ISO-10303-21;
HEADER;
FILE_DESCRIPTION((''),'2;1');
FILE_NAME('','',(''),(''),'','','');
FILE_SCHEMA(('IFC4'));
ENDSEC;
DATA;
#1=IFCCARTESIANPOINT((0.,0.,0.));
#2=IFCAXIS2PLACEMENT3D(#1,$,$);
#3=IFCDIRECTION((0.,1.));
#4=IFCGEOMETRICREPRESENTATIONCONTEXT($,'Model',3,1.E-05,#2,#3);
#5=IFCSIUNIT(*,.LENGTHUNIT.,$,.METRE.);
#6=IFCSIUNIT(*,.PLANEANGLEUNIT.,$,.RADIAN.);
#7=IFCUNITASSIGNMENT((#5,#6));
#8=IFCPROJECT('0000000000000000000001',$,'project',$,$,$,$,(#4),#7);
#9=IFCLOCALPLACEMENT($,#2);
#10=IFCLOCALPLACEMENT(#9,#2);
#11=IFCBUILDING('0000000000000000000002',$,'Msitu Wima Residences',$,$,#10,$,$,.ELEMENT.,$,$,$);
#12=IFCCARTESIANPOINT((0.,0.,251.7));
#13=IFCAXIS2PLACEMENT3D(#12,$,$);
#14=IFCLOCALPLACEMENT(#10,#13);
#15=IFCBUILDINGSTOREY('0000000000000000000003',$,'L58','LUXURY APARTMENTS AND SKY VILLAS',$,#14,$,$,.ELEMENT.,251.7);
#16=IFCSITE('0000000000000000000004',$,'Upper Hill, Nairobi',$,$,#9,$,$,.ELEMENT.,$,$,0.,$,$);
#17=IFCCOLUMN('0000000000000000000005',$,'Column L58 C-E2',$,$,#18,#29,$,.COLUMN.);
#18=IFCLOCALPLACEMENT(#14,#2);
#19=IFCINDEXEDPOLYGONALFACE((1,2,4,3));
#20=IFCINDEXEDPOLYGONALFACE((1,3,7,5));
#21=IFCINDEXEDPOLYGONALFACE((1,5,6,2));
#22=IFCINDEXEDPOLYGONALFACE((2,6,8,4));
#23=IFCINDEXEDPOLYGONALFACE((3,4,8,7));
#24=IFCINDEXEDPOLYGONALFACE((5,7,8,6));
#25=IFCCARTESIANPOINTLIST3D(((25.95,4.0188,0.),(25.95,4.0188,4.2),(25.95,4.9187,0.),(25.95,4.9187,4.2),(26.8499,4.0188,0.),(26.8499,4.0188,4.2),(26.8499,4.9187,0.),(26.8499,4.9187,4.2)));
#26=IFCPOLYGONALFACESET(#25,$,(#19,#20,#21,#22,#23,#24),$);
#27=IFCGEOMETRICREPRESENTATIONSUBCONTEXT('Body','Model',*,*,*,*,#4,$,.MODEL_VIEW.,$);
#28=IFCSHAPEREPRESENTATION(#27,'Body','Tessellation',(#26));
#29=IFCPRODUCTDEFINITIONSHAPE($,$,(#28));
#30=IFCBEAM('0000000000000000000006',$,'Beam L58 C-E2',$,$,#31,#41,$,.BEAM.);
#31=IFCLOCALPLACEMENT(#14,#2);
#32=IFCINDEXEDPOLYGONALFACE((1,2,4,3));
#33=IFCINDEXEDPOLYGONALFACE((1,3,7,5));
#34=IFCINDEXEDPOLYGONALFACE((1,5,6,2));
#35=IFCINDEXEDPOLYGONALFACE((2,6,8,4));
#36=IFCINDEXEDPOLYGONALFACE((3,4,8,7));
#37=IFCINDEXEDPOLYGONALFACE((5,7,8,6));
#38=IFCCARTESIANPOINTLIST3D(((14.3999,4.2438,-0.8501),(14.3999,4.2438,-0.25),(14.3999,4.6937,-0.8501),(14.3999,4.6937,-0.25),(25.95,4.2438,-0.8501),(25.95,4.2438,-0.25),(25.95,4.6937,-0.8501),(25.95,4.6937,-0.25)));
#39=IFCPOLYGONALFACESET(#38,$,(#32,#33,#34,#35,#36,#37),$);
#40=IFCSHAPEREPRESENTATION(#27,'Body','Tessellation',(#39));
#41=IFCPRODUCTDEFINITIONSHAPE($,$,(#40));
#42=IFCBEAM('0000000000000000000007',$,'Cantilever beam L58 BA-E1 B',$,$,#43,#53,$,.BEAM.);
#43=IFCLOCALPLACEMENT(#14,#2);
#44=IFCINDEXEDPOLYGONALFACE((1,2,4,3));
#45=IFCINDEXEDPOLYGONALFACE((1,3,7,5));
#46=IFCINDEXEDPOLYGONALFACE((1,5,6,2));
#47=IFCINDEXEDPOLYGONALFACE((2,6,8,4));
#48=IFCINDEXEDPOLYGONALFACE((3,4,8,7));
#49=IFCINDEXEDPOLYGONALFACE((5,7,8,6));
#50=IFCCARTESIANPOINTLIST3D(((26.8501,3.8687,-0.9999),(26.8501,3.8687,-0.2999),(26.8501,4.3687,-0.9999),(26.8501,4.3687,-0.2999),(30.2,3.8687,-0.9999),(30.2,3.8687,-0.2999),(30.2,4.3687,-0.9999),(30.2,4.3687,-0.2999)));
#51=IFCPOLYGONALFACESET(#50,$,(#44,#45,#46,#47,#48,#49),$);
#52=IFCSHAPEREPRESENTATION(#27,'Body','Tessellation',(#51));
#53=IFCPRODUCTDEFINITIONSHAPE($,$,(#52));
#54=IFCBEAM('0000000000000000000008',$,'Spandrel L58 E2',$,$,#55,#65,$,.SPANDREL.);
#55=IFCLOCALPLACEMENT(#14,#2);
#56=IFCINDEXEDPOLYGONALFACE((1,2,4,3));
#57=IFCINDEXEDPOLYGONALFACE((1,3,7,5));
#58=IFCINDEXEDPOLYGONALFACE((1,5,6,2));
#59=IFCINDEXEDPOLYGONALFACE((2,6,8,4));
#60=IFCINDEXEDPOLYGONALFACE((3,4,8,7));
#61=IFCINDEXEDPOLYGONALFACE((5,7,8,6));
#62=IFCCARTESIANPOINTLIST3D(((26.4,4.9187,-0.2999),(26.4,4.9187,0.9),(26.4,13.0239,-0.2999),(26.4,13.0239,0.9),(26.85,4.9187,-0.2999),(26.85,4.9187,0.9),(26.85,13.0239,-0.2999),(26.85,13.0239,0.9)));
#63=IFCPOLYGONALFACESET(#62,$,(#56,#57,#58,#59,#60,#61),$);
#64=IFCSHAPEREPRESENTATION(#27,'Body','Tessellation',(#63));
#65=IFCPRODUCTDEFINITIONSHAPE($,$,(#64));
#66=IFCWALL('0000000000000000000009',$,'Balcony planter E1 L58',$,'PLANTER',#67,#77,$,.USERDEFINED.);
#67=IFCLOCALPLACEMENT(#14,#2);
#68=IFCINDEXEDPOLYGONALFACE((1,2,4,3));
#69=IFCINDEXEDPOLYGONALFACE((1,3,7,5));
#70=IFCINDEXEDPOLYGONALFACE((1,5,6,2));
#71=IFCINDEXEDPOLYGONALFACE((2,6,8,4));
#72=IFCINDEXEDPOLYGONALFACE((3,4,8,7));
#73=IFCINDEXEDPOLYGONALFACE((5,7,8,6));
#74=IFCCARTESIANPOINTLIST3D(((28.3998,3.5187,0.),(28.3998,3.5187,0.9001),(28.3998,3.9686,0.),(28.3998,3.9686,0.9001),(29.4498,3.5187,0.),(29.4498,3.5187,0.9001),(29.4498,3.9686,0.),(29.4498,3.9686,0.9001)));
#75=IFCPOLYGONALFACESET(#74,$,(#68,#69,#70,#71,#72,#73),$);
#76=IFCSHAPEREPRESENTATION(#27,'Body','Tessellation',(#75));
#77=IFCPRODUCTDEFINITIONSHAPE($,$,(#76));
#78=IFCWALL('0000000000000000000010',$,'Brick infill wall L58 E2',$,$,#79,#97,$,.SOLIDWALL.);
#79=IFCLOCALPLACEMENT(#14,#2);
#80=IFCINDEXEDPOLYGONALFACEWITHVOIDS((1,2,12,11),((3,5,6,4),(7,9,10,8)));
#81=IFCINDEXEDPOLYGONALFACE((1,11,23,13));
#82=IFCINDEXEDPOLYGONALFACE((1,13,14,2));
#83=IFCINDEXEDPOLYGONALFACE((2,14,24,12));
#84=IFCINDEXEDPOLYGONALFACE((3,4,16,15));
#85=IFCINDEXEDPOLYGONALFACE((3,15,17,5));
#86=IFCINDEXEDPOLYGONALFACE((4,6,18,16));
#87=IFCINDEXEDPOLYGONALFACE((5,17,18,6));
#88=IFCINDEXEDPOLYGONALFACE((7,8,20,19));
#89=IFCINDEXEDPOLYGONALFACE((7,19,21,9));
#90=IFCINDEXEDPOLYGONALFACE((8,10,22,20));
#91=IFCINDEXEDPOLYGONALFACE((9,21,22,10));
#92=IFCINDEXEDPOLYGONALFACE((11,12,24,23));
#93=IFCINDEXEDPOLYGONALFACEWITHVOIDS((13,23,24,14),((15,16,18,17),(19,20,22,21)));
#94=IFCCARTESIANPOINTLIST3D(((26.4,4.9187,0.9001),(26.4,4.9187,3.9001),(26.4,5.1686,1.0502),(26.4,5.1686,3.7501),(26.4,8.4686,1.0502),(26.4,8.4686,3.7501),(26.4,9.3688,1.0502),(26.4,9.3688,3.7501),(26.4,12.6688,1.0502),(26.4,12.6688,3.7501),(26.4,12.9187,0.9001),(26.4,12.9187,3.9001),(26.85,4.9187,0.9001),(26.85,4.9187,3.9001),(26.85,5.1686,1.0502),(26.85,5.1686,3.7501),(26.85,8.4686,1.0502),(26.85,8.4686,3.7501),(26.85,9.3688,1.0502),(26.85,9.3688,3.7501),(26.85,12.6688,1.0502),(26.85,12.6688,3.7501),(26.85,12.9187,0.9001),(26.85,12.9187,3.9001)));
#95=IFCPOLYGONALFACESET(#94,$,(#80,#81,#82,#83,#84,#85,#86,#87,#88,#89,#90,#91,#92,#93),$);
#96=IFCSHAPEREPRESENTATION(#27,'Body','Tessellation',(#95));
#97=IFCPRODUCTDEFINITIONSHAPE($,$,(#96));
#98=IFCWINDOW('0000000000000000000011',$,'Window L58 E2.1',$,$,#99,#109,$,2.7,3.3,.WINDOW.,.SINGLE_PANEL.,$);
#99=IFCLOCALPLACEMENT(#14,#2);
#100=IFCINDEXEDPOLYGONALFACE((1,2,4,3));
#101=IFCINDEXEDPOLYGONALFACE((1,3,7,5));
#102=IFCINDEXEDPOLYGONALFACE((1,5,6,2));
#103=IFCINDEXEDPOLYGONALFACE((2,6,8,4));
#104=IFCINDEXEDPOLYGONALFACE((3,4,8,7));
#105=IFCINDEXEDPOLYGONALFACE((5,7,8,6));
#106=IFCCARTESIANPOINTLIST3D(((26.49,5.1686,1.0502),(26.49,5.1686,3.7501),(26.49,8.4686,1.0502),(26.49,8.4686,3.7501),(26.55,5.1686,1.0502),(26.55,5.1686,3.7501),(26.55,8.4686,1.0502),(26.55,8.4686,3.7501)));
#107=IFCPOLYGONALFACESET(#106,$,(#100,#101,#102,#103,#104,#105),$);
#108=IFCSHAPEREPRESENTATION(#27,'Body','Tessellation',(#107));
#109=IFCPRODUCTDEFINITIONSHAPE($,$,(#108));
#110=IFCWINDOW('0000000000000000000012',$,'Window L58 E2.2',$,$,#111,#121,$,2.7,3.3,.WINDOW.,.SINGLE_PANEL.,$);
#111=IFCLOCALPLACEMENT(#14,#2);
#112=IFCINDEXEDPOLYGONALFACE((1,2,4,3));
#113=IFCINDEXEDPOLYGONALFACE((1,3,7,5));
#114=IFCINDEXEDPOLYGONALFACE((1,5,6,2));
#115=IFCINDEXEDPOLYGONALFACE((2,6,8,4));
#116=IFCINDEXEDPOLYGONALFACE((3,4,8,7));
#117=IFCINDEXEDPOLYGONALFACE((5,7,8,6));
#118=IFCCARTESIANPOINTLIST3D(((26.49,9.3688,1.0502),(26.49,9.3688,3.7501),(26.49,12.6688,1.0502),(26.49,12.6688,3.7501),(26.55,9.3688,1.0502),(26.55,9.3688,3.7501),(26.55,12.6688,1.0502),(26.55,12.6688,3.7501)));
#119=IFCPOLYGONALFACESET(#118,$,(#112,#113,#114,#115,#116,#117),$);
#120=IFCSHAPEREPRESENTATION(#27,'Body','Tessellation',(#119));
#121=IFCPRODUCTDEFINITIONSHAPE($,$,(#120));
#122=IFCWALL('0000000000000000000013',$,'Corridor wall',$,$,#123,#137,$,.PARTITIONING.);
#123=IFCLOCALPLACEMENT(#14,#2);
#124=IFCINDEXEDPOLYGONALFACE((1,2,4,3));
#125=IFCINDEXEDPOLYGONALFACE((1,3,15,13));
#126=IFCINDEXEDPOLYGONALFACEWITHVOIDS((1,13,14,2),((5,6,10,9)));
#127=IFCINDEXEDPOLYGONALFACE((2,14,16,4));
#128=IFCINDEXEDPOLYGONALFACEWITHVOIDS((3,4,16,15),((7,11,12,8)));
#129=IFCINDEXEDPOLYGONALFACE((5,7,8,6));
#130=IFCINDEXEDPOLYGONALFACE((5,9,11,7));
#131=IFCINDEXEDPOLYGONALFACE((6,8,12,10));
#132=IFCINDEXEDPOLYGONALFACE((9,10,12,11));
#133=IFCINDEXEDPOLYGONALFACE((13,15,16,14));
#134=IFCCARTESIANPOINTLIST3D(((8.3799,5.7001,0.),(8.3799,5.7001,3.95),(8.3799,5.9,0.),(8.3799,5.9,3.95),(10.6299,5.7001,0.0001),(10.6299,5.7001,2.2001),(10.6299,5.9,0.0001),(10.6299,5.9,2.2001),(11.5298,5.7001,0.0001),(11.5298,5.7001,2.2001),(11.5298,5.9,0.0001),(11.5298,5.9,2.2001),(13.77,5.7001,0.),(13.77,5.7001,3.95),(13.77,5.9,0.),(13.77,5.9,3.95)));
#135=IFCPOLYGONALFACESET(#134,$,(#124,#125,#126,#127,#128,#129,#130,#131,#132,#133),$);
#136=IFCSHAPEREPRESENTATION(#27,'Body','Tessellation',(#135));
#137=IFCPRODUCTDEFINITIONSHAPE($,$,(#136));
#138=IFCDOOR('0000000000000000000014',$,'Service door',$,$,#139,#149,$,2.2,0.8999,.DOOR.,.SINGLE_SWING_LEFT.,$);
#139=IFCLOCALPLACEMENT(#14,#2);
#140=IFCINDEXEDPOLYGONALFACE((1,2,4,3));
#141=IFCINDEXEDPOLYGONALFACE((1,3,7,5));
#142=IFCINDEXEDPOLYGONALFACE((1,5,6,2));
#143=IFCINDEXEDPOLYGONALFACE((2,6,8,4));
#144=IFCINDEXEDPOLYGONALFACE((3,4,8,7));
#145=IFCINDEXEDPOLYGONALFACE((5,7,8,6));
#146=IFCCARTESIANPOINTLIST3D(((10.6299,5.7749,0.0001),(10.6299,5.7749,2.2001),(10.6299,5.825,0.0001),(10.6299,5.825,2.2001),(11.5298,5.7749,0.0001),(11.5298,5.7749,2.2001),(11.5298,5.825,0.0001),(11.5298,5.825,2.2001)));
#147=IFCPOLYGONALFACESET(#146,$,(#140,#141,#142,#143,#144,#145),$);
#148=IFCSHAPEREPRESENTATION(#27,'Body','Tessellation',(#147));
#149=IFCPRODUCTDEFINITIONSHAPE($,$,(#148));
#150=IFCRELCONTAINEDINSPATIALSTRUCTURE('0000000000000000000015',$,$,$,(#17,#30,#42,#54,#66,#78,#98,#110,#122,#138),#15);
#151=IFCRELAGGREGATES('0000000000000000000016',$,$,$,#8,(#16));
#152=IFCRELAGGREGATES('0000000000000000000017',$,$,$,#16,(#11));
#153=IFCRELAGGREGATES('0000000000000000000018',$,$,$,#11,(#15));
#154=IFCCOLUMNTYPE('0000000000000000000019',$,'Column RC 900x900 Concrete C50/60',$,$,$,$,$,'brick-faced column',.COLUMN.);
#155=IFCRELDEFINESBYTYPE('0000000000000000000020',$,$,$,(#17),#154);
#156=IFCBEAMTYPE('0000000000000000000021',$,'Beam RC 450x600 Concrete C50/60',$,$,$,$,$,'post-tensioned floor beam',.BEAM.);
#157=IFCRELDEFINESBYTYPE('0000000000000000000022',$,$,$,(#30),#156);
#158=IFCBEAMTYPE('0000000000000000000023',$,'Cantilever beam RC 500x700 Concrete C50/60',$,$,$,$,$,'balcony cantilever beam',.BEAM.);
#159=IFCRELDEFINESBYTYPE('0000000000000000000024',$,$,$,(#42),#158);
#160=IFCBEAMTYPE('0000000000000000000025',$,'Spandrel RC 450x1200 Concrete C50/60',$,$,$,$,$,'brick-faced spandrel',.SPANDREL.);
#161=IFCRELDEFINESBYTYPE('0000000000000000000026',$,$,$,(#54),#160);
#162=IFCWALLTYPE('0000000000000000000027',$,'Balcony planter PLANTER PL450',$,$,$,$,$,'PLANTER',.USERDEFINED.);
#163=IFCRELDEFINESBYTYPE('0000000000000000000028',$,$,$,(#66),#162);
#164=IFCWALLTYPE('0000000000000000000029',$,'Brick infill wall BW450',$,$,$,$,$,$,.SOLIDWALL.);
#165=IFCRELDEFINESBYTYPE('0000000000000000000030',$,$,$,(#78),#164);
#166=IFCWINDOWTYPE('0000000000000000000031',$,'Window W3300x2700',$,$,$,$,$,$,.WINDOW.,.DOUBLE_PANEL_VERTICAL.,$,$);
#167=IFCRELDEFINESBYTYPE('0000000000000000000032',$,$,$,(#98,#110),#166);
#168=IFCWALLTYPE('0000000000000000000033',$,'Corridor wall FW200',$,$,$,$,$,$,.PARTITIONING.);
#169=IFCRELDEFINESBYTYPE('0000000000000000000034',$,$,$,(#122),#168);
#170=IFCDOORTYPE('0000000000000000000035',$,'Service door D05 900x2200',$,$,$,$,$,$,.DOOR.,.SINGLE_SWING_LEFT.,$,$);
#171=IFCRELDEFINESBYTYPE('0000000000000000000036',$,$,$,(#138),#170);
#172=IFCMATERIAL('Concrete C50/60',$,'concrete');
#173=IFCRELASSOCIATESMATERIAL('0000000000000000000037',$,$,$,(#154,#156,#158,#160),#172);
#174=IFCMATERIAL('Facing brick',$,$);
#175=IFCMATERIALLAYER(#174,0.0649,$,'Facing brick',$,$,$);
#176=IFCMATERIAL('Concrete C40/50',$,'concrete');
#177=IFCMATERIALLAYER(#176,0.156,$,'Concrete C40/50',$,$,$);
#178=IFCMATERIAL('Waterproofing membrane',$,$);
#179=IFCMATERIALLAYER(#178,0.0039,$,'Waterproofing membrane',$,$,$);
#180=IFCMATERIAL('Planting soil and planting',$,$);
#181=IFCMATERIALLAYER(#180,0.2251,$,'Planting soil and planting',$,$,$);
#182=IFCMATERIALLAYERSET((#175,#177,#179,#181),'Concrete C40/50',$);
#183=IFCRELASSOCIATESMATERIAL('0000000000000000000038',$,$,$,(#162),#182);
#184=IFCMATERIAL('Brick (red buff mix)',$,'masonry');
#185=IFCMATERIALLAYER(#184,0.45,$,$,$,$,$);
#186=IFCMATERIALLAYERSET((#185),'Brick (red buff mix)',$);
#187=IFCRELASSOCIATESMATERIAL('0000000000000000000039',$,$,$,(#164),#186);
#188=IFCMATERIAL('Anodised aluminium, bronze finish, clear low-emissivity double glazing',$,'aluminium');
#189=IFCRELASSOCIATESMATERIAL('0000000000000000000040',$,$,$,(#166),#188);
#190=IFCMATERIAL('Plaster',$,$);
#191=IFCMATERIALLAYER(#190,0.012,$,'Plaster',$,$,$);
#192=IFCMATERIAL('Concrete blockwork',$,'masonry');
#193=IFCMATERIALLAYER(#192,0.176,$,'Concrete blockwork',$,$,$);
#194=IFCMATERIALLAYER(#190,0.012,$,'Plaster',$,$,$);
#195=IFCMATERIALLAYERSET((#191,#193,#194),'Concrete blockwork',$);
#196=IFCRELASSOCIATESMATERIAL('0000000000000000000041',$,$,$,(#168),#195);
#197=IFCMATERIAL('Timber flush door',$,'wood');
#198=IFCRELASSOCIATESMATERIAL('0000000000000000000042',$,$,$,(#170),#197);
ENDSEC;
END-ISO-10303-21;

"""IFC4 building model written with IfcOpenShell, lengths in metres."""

from ifc_helpers import new_model, si_unit, direction, frame, frame_2d, origin, origin_2d, place, context, subcontext, project, spatial, rectangle, extrude, material, layer, layer_set, material_profile, profile_set, type_object, element, fill, save


model = new_model("IFC4")

# Units and contexts
model_context = context("Model", 3, precision=1e-05, world=origin(), true_north=direction((0.0, 1.0)))
body_context = subcontext(model_context, "Body", "Model", "MODEL_VIEW")
ifc_project = project(units=[si_unit("LENGTHUNIT", "METRE"), si_unit("PLANEANGLEUNIT", "RADIAN")], contexts=[model_context])

# Site, building, storey
site_placement = place(None, origin())
site = spatial("IfcSite", under=ifc_project, at=site_placement, Name="Upper Hill, Nairobi", CompositionType="ELEMENT", RefElevation=0.0)
building_placement = place(site_placement, origin())
building = spatial("IfcBuilding", under=site, at=building_placement, Name="Msitu Wima Residences", CompositionType="ELEMENT")
storey_placement = place(building_placement, frame((0.0, 0.0, 251.7)))
storey = spatial("IfcBuildingStorey", under=building, at=storey_placement, Name="L58", Description="LUXURY APARTMENTS AND SKY VILLAS", CompositionType="ELEMENT", Elevation=251.7)

# Column
ifc_material_1 = material(Name="Concrete C50/60", Category="concrete")
ifc_material_profile_1 = material_profile(ifc_material_1, rectangle(XDim=0.8999, YDim=0.8999, at=origin_2d()), Name="RC 900x900")
ifc_profile_set_1 = profile_set([ifc_material_profile_1], Name="Concrete C50/60")
column_type = type_object("IfcColumnType", Name="Column RC 900x900 Concrete C50/60", ElementType="brick-faced column", PredefinedType="COLUMN", material=ifc_profile_set_1)
column_placement = place(storey_placement, frame((26.3999, 4.4688, 0.0), z_axis=(0.0, 0.0, 1.0), x_axis=(0.0, 1.0, 0.0)))
element("IfcColumn", 1, at=column_placement, inside=storey, type_object=column_type, Name="Column L58 C-E2", PredefinedType="COLUMN", context=body_context, shape_type="SweptSolid", body=[
    extrude(rectangle(XDim=0.8999, YDim=0.8999, at=origin_2d()), origin(), (0.0, 0.0, 1.0), 4.2),
])

# Beams
ifc_material_profile_2 = material_profile(ifc_material_1, rectangle(XDim=0.45, YDim=0.6001, at=origin_2d()), Name="RC 450x600")
ifc_profile_set_2 = profile_set([ifc_material_profile_2], Name="Concrete C50/60")
beam_type_1 = type_object("IfcBeamType", Name="Beam RC 450x600 Concrete C50/60", ElementType="post-tensioned floor beam", PredefinedType="BEAM", material=ifc_profile_set_2)
beam_1_placement = place(storey_placement, frame((25.95, 4.4688, -0.55), z_axis=(-1.0, 0.0, 0.0), x_axis=(0.0, -1.0, 0.0)))
element("IfcBeam", 2, at=beam_1_placement, inside=storey, type_object=beam_type_1, Name="Beam L58 C-E2", PredefinedType="BEAM", context=body_context, shape_type="SweptSolid", body=[
    extrude(rectangle(XDim=0.45, YDim=0.6001, at=origin_2d()), origin(), (0.0, 0.0, 1.0), 11.55),
])
ifc_material_profile_3 = material_profile(ifc_material_1, rectangle(XDim=0.5, YDim=0.7, at=origin_2d()), Name="RC 500x700")
ifc_profile_set_3 = profile_set([ifc_material_profile_3], Name="Concrete C50/60")
beam_type_2 = type_object("IfcBeamType", Name="Cantilever beam RC 500x700 Concrete C50/60", ElementType="balcony cantilever beam", PredefinedType="BEAM", material=ifc_profile_set_3)
beam_2_placement = place(storey_placement, frame((26.8501, 4.1187, -0.6499), z_axis=(1.0, 0.0, 0.0), x_axis=(0.0, 1.0, 0.0)))
element("IfcBeam", 3, at=beam_2_placement, inside=storey, type_object=beam_type_2, Name="Cantilever beam L58 BA-E1 B", PredefinedType="BEAM", context=body_context, shape_type="SweptSolid", body=[
    extrude(rectangle(XDim=0.5, YDim=0.7, at=origin_2d()), origin(), (0.0, 0.0, 1.0), 3.3499),
])
ifc_material_profile_4 = material_profile(ifc_material_1, rectangle(XDim=0.45, YDim=1.2, at=origin_2d()), Name="RC 450x1200")
ifc_profile_set_4 = profile_set([ifc_material_profile_4], Name="Concrete C50/60")
beam_type_3 = type_object("IfcBeamType", Name="Spandrel RC 450x1200 Concrete C50/60", ElementType="brick-faced spandrel", PredefinedType="SPANDREL", material=ifc_profile_set_4)
beam_3_placement = place(storey_placement, frame((26.625, 4.9187, 0.3), z_axis=(0.0, 1.0, 0.0), x_axis=(-1.0, 0.0, 0.0)))
element("IfcBeam", 4, at=beam_3_placement, inside=storey, type_object=beam_type_3, Name="Spandrel L58 E2", PredefinedType="SPANDREL", context=body_context, shape_type="SweptSolid", body=[
    extrude(rectangle(XDim=0.45, YDim=1.2, at=origin_2d()), origin(), (0.0, 0.0, 1.0), 8.1052),
])

# Wall
ifc_material_2 = material(Name="Facing brick")
ifc_layer_1 = layer(ifc_material_2, 0.0649, Name="Facing brick")
ifc_material_3 = material(Name="Concrete C40/50", Category="concrete")
ifc_layer_2 = layer(ifc_material_3, 0.156, Name="Concrete C40/50")
ifc_material_4 = material(Name="Waterproofing membrane")
ifc_layer_3 = layer(ifc_material_4, 0.0039, Name="Waterproofing membrane")
ifc_material_5 = material(Name="Planting soil and planting")
ifc_layer_4 = layer(ifc_material_5, 0.2251, Name="Planting soil and planting")
ifc_layer_set_1 = layer_set([ifc_layer_1, ifc_layer_2, ifc_layer_3, ifc_layer_4], Name="Concrete C40/50")
wall_type_1 = type_object("IfcWallType", Name="Balcony planter PLANTER PL450", ElementType="PLANTER", PredefinedType="USERDEFINED", material=ifc_layer_set_1)
wall_1_placement = place(storey_placement, frame((28.3999, 3.7437, 0.0), z_axis=(0.0, 0.0, 1.0), x_axis=(1.0, 0.0, 0.0)))
element("IfcWall", 5, at=wall_1_placement, inside=storey, type_object=wall_type_1, Name="Balcony planter E1 L58", ObjectType="PLANTER", PredefinedType="USERDEFINED", context=body_context, shape_type="SweptSolid", body=[
    extrude(rectangle(XDim=1.05, YDim=0.45, at=frame_2d((0.5249, 0.0))), origin(), (0.0, 0.0, 1.0), 0.9001),
])

# Wall, openings, windows
ifc_material_6 = material(Name="Brick (red buff mix)", Category="masonry")
ifc_layer_5 = layer(ifc_material_6, 0.45)
ifc_layer_set_2 = layer_set([ifc_layer_5], Name="Brick (red buff mix)")
wall_type_2 = type_object("IfcWallType", Name="Brick infill wall BW450", PredefinedType="SOLIDWALL", material=ifc_layer_set_2)
wall_2_placement = place(storey_placement, frame((26.625, 4.9187, 0.9001), z_axis=(0.0, 0.0, 1.0), x_axis=(0.0, 1.0, 0.0)))
wall_2 = element("IfcWall", 6, at=wall_2_placement, inside=storey, type_object=wall_type_2, Name="Brick infill wall L58 E2", PredefinedType="SOLIDWALL", context=body_context, shape_type="SweptSolid", body=[
    extrude(rectangle(XDim=8.0, YDim=0.45, at=frame_2d((4.0, 0.0))), origin(), (0.0, 0.0, 1.0), 3.0),
])
opening_1_placement = place(wall_2_placement, frame((0.25, 0.0, 0.1499)))
opening_1 = element("IfcOpeningElement", 7, at=opening_1_placement, cuts=wall_2, PredefinedType="OPENING", context=body_context, shape_type="SweptSolid", body=[
    extrude(rectangle(XDim=3.3, YDim=2.7, at=frame_2d((1.6499, 1.3501))), frame((0.0, 0.2349, 0.0), z_axis=(0.0, -1.0, 0.0), x_axis=(1.0, 0.0, 0.0)), (0.0, 0.0, 1.0), 0.47),
])
opening_2_placement = place(wall_2_placement, frame((4.4502, 0.0, 0.1499)))
opening_2 = element("IfcOpeningElement", 8, at=opening_2_placement, cuts=wall_2, PredefinedType="OPENING", context=body_context, shape_type="SweptSolid", body=[
    extrude(rectangle(XDim=3.3, YDim=2.7, at=frame_2d((1.6499, 1.3501))), frame((0.0, 0.2349, 0.0), z_axis=(0.0, -1.0, 0.0), x_axis=(1.0, 0.0, 0.0)), (0.0, 0.0, 1.0), 0.47),
])
ifc_material_7 = material(Name="Anodised aluminium, bronze finish, clear low-emissivity double glazing", Category="aluminium")
window_type = type_object("IfcWindowType", Name="Window W3300x2700", PartitioningType="DOUBLE_PANEL_VERTICAL", PredefinedType="WINDOW", material=ifc_material_7)
window_1_placement = place(opening_1_placement, origin())
window_1 = element("IfcWindow", 9, at=window_1_placement, inside=storey, type_object=window_type, Name="Window L58 E2.1", OverallHeight=2.7, OverallWidth=3.3, PartitioningType="SINGLE_PANEL", PredefinedType="WINDOW", context=body_context, shape_type="SweptSolid", body=[
    extrude(rectangle(XDim=3.3, YDim=2.7, at=frame_2d((1.6499, 1.3501))), frame((0.0, 0.135, 0.0), z_axis=(0.0, -1.0, 0.0), x_axis=(1.0, 0.0, 0.0)), (0.0, 0.0, 1.0), 0.0601),
])
fill(opening_1, window_1)
window_2_placement = place(opening_2_placement, origin())
window_2 = element("IfcWindow", 10, at=window_2_placement, inside=storey, type_object=window_type, Name="Window L58 E2.2", OverallHeight=2.7, OverallWidth=3.3, PartitioningType="SINGLE_PANEL", PredefinedType="WINDOW", context=body_context, shape_type="SweptSolid", body=[
    extrude(rectangle(XDim=3.3, YDim=2.7, at=frame_2d((1.6499, 1.3501))), frame((0.0, 0.135, 0.0), z_axis=(0.0, -1.0, 0.0), x_axis=(1.0, 0.0, 0.0)), (0.0, 0.0, 1.0), 0.0601),
])
fill(opening_2, window_2)

# Wall, opening, door
ifc_material_8 = material(Name="Plaster")
ifc_layer_6 = layer(ifc_material_8, 0.012, Name="Plaster")
ifc_material_9 = material(Name="Concrete blockwork", Category="masonry")
ifc_layer_7 = layer(ifc_material_9, 0.176, Name="Concrete blockwork")
ifc_layer_8 = layer(ifc_material_8, 0.012, Name="Plaster")
ifc_layer_set_3 = layer_set([ifc_layer_6, ifc_layer_7, ifc_layer_8], Name="Concrete blockwork")
wall_type_3 = type_object("IfcWallType", Name="Corridor wall FW200", PredefinedType="PARTITIONING", material=ifc_layer_set_3)
wall_3_placement = place(storey_placement, frame((8.3799, 5.8, 0.0), z_axis=(0.0, 0.0, 1.0), x_axis=(1.0, 0.0, 0.0)))
wall_3 = element("IfcWall", 11, at=wall_3_placement, inside=storey, type_object=wall_type_3, Name="Corridor wall", PredefinedType="PARTITIONING", context=body_context, shape_type="SweptSolid", body=[
    extrude(rectangle(XDim=5.3901, YDim=0.2, at=frame_2d((2.6951, 0.0))), origin(), (0.0, 0.0, 1.0), 3.95),
])
opening_3_placement = place(wall_3_placement, frame((2.25, 0.0, 0.0)))
opening_3 = element("IfcOpeningElement", 12, at=opening_3_placement, cuts=wall_3, PredefinedType="OPENING", context=body_context, shape_type="SweptSolid", body=[
    extrude(rectangle(XDim=0.8999, YDim=2.2, at=frame_2d((0.45, 1.1001))), frame((0.0, 0.1099, 0.0), z_axis=(0.0, -1.0, 0.0), x_axis=(1.0, 0.0, 0.0)), (0.0, 0.0, 1.0), 0.22),
])
ifc_material_10 = material(Name="Timber flush door", Category="wood")
door_type_1 = type_object("IfcDoorType", Name="Service door D05 900x2200", OperationType="SINGLE_SWING_LEFT", PredefinedType="DOOR", material=ifc_material_10)
door_1_placement = place(opening_3_placement, origin())
door_1 = element("IfcDoor", 13, at=door_1_placement, inside=storey, type_object=door_type_1, Name="Service door", OperationType="SINGLE_SWING_LEFT", OverallHeight=2.2, OverallWidth=0.8999, PredefinedType="DOOR", context=body_context, shape_type="SweptSolid", body=[
    extrude(rectangle(XDim=0.8999, YDim=2.2, at=frame_2d((0.45, 1.1001))), frame((0.0, 0.0249, 0.0), z_axis=(0.0, -1.0, 0.0), x_axis=(1.0, 0.0, 0.0)), (0.0, 0.0, 1.0), 0.05),
])
fill(opening_3, door_1)

save(model, "model.ifc")
